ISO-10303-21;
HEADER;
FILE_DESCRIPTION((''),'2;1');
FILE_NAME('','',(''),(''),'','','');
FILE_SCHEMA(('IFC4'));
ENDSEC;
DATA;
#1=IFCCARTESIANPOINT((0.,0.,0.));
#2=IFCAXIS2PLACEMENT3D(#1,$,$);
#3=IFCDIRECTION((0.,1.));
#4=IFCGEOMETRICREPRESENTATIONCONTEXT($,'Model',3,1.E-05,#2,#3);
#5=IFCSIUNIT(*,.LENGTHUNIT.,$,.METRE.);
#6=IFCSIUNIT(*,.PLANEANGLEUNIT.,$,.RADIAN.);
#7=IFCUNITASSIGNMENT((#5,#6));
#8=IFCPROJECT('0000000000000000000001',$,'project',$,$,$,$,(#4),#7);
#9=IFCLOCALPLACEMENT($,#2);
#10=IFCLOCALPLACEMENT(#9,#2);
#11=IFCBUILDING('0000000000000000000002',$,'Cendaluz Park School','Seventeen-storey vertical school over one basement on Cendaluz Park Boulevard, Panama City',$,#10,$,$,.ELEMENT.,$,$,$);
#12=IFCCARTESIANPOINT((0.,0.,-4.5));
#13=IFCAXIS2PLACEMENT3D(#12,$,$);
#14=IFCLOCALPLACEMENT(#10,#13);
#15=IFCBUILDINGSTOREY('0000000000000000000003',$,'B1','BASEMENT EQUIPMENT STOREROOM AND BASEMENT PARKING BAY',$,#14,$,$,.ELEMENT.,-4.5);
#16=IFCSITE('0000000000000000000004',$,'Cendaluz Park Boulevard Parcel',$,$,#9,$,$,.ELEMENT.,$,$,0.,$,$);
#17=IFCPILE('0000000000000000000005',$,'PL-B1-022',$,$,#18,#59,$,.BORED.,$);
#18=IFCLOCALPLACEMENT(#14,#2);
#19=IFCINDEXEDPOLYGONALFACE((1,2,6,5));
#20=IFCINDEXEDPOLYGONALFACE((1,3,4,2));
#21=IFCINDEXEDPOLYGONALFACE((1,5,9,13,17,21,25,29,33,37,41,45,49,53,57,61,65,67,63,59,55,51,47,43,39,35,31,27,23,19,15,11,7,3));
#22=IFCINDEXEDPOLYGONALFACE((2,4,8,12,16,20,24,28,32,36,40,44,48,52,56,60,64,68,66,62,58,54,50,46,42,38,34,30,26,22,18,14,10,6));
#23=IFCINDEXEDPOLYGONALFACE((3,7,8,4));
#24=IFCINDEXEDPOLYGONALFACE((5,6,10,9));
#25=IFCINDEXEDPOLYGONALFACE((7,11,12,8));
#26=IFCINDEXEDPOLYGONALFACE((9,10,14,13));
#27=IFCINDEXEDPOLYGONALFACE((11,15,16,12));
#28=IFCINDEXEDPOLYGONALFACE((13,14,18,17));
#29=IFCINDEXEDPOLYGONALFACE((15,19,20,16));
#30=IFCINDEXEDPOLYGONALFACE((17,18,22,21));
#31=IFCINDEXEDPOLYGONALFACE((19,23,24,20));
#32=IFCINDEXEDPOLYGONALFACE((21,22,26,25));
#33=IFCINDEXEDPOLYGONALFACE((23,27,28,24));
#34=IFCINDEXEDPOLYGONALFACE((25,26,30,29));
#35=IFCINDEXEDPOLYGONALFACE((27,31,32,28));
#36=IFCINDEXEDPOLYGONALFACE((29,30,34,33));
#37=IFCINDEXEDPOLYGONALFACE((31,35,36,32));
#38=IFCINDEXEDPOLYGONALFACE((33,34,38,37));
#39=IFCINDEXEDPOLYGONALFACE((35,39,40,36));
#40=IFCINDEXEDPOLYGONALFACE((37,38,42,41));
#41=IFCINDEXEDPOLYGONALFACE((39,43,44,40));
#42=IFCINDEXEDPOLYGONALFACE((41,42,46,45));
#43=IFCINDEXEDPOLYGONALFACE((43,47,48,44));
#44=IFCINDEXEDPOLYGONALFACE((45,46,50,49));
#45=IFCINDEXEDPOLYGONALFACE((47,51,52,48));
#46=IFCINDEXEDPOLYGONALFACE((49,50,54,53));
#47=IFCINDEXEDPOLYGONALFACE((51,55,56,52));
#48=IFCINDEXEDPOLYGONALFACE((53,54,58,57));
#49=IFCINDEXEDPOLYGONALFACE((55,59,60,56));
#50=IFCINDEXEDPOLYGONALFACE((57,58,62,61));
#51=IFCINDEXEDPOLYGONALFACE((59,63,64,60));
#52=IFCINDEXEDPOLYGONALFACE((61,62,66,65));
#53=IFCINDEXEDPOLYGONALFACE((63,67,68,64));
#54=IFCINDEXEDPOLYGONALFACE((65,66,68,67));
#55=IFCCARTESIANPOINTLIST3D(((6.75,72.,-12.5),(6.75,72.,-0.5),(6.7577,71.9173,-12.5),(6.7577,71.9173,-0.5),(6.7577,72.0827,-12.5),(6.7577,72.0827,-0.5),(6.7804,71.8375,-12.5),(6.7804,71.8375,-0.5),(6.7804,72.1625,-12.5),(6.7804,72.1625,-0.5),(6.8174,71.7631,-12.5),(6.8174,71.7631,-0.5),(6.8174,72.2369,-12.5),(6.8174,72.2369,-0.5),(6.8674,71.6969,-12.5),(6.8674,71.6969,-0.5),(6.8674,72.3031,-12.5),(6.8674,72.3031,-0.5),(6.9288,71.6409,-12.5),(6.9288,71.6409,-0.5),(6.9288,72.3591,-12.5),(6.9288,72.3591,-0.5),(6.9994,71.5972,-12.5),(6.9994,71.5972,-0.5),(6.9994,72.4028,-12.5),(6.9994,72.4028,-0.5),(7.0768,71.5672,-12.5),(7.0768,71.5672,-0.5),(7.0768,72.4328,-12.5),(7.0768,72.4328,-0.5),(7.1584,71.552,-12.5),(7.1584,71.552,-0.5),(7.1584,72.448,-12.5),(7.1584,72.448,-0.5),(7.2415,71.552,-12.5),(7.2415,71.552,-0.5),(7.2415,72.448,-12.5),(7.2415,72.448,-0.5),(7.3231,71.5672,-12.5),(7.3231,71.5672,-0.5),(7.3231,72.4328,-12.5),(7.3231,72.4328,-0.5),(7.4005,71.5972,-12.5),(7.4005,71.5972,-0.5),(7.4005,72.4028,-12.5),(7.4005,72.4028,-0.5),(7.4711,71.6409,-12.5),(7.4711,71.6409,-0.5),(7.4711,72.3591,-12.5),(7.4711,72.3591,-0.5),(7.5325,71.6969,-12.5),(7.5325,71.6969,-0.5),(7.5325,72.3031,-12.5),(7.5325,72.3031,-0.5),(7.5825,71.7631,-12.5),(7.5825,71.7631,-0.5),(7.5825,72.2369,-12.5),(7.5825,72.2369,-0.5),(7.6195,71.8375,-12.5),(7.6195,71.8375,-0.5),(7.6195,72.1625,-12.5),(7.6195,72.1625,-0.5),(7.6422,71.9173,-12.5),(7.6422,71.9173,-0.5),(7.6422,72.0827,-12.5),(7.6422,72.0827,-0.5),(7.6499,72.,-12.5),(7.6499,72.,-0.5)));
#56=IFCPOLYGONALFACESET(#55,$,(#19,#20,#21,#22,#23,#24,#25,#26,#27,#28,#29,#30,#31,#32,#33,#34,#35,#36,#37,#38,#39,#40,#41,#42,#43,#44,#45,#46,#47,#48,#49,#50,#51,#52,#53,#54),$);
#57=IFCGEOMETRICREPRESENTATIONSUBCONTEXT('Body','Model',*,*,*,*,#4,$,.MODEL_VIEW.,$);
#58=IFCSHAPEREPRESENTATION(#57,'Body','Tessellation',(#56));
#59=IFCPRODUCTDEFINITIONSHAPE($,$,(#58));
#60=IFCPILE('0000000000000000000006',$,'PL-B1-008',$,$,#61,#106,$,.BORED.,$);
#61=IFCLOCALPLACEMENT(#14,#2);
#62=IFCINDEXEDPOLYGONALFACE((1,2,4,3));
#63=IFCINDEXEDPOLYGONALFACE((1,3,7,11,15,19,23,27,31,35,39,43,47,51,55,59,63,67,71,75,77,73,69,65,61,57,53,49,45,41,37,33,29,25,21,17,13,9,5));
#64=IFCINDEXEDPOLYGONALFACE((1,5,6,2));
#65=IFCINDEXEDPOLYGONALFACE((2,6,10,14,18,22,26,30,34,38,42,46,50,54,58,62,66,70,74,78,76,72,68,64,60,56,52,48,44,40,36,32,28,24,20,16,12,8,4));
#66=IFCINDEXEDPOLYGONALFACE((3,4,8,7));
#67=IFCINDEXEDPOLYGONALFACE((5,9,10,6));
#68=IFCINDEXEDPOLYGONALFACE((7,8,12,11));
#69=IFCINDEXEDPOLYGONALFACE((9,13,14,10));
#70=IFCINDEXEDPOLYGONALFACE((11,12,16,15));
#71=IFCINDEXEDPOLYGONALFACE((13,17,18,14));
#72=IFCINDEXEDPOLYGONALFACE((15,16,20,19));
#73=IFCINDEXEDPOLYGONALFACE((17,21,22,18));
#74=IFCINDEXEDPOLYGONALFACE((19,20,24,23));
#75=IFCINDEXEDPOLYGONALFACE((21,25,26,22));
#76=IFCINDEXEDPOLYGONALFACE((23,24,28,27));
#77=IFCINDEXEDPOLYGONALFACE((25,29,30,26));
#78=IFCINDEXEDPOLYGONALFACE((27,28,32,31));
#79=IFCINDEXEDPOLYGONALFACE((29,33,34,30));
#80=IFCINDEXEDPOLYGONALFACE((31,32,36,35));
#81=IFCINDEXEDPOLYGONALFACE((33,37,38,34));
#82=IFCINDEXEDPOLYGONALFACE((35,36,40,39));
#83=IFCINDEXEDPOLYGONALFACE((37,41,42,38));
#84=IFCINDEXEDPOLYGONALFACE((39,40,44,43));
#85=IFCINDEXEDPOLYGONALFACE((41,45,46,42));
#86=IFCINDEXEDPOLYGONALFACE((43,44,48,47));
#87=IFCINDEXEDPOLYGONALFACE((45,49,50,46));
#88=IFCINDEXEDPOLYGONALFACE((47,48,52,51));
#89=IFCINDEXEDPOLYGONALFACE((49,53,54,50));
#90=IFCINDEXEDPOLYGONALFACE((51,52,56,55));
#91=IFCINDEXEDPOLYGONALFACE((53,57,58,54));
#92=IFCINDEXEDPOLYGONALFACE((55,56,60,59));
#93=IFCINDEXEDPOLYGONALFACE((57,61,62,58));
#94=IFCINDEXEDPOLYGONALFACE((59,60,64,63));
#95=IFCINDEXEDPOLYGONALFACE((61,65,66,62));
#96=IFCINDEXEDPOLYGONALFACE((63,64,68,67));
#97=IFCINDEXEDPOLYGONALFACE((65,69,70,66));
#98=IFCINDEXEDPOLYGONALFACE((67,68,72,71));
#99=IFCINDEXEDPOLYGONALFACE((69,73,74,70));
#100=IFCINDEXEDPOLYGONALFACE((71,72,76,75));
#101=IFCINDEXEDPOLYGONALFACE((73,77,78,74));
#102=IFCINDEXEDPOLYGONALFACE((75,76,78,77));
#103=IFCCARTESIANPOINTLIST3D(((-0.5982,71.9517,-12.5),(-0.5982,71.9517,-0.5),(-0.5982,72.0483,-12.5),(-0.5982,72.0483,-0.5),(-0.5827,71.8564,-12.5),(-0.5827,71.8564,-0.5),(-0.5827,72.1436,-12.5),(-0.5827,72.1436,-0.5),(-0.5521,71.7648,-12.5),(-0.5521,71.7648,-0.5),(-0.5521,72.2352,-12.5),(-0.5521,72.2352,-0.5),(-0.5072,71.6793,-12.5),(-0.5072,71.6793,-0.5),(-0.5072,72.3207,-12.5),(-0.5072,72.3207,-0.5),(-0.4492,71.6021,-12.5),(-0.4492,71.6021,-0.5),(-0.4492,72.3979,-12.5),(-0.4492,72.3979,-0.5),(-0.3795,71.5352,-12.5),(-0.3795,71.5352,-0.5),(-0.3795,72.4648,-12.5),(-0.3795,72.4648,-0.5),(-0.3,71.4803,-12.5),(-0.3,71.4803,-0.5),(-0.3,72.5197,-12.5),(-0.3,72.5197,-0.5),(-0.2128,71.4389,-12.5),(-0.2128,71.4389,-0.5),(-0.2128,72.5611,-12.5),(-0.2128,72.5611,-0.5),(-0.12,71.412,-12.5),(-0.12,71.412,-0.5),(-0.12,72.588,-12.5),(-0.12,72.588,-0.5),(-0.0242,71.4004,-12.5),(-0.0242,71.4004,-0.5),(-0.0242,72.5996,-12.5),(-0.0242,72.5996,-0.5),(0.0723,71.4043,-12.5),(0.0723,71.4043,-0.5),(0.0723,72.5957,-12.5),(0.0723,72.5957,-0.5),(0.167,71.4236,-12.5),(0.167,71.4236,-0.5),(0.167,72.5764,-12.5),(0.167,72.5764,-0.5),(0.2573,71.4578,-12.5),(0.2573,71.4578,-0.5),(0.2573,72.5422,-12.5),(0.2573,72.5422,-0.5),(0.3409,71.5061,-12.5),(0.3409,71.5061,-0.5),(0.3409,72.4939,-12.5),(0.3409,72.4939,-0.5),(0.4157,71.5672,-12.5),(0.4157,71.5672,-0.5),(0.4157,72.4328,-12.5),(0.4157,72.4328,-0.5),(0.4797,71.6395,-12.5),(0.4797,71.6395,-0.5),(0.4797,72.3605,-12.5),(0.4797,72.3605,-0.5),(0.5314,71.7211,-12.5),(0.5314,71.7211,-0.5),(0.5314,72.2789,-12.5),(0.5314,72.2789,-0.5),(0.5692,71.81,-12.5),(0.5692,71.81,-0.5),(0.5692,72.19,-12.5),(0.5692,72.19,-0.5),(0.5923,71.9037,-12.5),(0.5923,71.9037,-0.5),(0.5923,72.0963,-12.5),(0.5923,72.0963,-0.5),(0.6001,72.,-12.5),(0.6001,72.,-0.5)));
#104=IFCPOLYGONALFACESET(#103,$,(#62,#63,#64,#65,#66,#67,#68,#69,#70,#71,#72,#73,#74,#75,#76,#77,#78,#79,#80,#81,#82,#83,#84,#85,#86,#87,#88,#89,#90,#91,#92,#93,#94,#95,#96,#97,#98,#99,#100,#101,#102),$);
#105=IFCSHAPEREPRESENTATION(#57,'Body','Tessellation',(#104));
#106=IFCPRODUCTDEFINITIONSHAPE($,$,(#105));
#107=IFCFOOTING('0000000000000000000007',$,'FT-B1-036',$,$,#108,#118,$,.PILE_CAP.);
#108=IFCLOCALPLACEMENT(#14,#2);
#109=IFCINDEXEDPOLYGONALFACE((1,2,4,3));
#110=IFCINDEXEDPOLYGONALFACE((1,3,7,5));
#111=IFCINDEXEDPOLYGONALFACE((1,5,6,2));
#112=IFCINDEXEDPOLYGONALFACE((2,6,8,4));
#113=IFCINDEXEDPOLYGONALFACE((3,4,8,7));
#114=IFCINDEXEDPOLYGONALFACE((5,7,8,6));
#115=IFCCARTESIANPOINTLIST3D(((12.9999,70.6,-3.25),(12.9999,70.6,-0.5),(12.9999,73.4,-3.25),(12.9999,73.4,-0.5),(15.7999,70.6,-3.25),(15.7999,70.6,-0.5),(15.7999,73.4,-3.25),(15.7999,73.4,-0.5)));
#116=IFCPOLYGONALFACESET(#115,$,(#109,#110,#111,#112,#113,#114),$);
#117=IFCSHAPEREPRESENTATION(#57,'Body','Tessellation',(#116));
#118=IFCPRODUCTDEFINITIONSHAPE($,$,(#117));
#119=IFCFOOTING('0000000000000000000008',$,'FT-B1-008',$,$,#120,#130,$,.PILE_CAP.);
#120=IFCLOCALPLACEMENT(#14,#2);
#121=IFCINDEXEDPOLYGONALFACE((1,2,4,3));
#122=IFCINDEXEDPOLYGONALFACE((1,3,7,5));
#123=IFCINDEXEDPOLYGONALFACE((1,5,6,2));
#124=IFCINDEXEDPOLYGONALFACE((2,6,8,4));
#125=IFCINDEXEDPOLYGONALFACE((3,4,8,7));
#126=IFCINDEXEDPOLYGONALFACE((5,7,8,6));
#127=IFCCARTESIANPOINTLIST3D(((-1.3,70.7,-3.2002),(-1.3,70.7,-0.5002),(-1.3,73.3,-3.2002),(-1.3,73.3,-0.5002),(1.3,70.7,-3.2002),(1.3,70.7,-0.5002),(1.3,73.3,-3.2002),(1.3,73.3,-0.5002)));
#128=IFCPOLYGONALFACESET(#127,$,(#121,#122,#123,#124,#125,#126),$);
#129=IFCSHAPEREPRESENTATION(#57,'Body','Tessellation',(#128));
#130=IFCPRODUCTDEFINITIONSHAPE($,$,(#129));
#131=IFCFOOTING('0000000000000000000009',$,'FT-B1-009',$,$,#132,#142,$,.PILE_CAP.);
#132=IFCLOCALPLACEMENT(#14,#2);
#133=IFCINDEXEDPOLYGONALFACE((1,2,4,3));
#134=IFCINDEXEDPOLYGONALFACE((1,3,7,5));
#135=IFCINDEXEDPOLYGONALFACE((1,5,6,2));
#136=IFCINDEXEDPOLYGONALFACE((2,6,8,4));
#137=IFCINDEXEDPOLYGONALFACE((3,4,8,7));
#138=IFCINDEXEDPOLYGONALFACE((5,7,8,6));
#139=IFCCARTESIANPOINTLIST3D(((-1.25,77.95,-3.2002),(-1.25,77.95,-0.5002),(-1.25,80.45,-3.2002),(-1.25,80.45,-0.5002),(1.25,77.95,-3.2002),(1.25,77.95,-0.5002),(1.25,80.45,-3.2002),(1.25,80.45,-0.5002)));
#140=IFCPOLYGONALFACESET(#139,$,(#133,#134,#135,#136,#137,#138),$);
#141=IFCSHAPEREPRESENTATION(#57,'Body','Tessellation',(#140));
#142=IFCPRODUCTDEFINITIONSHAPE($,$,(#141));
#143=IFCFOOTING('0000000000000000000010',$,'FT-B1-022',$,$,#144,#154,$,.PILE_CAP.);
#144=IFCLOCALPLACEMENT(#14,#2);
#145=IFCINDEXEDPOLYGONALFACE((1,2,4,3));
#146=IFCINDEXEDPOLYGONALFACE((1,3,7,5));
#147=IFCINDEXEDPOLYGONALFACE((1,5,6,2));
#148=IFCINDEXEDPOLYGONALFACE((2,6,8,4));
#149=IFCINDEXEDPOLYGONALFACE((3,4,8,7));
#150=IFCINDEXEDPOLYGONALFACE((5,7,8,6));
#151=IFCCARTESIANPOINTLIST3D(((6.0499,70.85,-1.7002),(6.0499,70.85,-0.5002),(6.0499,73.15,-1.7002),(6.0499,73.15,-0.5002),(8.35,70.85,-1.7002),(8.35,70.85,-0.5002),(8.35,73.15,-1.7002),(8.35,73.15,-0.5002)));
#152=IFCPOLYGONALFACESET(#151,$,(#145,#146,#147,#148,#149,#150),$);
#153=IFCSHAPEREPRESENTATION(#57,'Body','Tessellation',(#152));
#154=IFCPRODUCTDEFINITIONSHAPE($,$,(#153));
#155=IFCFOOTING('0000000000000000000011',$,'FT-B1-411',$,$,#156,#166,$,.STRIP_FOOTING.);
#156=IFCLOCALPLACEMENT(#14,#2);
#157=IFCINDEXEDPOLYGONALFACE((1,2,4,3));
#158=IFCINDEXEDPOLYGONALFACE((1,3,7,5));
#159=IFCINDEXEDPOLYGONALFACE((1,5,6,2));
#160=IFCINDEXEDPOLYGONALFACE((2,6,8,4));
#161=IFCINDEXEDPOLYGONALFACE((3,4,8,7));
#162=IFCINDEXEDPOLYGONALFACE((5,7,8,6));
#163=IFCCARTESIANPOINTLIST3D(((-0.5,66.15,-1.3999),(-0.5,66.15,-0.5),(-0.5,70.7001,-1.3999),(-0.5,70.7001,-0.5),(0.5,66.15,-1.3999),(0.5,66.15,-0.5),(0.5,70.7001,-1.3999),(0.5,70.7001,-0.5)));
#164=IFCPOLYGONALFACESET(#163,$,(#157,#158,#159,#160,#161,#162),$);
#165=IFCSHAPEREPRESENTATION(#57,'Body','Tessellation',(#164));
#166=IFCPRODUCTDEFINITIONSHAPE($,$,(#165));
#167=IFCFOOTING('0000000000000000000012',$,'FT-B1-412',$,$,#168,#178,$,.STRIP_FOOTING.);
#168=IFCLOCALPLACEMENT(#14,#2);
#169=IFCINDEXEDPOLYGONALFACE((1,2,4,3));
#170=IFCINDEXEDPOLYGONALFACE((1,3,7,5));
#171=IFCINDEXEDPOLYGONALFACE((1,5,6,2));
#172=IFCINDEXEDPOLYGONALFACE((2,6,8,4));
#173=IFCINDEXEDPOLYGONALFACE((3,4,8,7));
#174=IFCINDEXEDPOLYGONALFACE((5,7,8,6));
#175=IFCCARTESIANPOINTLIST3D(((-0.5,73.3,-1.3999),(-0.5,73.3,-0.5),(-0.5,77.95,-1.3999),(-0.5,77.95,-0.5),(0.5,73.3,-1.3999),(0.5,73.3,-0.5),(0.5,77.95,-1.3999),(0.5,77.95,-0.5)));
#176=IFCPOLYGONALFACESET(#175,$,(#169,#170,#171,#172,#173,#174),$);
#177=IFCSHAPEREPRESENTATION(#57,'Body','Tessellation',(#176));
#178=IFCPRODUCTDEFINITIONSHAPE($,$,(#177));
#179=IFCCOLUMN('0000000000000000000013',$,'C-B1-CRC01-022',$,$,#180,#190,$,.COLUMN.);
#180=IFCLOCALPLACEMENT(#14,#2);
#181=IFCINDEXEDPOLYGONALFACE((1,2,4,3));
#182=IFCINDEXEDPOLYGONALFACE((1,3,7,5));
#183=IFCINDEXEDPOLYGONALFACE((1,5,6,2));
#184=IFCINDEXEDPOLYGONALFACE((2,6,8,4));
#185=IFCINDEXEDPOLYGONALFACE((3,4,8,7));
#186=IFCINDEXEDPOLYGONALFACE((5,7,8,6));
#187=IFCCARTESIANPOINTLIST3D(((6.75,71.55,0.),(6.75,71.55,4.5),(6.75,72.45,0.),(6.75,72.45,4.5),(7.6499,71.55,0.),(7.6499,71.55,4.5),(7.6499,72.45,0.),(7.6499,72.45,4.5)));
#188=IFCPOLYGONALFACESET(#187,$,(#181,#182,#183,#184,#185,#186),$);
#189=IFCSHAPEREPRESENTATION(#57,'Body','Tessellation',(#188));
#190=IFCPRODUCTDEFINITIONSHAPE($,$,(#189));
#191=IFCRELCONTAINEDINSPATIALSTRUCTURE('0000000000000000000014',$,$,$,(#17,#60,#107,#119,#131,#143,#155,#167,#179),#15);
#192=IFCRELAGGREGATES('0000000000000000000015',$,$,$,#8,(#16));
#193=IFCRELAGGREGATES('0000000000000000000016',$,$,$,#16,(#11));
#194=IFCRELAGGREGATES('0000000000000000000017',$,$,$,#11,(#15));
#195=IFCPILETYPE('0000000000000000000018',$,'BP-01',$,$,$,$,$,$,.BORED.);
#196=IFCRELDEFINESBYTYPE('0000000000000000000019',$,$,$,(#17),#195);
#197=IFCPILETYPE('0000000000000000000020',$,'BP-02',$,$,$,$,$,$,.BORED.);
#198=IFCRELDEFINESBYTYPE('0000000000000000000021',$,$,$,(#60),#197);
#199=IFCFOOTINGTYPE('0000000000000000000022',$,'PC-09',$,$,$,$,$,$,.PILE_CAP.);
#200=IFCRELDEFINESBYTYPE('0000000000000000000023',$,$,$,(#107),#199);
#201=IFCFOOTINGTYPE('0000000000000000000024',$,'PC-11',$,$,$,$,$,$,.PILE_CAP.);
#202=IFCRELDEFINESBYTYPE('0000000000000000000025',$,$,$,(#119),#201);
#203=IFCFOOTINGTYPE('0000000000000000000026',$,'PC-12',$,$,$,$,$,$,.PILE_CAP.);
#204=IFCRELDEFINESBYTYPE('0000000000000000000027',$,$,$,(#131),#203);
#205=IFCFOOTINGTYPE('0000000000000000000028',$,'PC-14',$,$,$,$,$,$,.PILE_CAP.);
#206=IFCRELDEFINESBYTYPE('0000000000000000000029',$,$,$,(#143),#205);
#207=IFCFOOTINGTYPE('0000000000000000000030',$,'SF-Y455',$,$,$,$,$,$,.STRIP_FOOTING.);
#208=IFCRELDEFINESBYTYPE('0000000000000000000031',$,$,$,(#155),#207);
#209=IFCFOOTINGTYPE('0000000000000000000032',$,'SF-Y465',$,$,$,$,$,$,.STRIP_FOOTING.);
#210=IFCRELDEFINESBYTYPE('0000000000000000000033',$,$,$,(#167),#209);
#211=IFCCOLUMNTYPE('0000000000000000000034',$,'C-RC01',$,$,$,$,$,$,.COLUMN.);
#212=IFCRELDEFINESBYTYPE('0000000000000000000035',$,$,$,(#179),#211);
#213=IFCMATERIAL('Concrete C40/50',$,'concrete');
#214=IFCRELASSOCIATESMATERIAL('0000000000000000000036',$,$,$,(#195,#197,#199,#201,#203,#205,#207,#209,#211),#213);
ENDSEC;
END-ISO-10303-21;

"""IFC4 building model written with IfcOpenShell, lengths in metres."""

from ifc_helpers import new_model, si_unit, direction, frame, origin, origin_2d, place, context, subcontext, project, spatial, rectangle, circle, extrude, material, material_profile, profile_set, type_object, element, save


model = new_model("IFC4")

# Units and contexts
model_context = context("Model", 3, precision=1e-05, world=origin(), true_north=direction((0.0, 1.0)))
body_context = subcontext(model_context, "Body", "Model", "MODEL_VIEW")
ifc_project = project(units=[si_unit("LENGTHUNIT", "METRE"), si_unit("PLANEANGLEUNIT", "RADIAN")], contexts=[model_context])

# Site, building, storey
site_placement = place(None, origin())
site = spatial("IfcSite", under=ifc_project, at=site_placement, Name="Cendaluz Park Boulevard Parcel", CompositionType="ELEMENT", RefElevation=0.0)
building_placement = place(site_placement, origin())
building = spatial("IfcBuilding", under=site, at=building_placement, Name="Cendaluz Park School", Description="Seventeen-storey vertical school over one basement on Cendaluz Park Boulevard, Panama City", CompositionType="ELEMENT")
storey_placement = place(building_placement, frame((0.0, 0.0, -4.5)))
storey = spatial("IfcBuildingStorey", under=building, at=storey_placement, Name="B1", Description="BASEMENT EQUIPMENT STOREROOM AND BASEMENT PARKING BAY", CompositionType="ELEMENT", Elevation=-4.5)

# Piles
ifc_material_1 = material(Name="Concrete C40/50", Category="concrete")
ifc_material_profile_1 = material_profile(ifc_material_1, circle(Radius=0.45, at=origin_2d()), Name="BP D900", Category="concrete")
ifc_profile_set_1 = profile_set([ifc_material_profile_1], Name="Concrete C40/50")
pile_type_1 = type_object("IfcPileType", Name="BP-01", PredefinedType="BORED", material=ifc_profile_set_1)
pile_1_placement = place(storey_placement, frame((7.2, 72.0, -0.5), z_axis=(0.0, 0.0, -1.0), x_axis=(1.0, 0.0, 0.0)))
element("IfcPile", 1, at=pile_1_placement, inside=storey, type_object=pile_type_1, Name="PL-B1-022", PredefinedType="BORED", context=body_context, shape_type="SweptSolid", body=[
    extrude(circle(Radius=0.45, at=origin_2d()), origin(), (0.0, 0.0, 1.0), 12.0),
])
ifc_material_profile_2 = material_profile(ifc_material_1, circle(Radius=0.6001, at=origin_2d()), Name="BP D1200", Category="concrete")
ifc_profile_set_2 = profile_set([ifc_material_profile_2], Name="Concrete C40/50")
pile_type_2 = type_object("IfcPileType", Name="BP-02", PredefinedType="BORED", material=ifc_profile_set_2)
pile_2_placement = place(storey_placement, frame((0.0, 72.0, -0.5), z_axis=(0.0, 0.0, -1.0), x_axis=(1.0, 0.0, 0.0)))
element("IfcPile", 2, at=pile_2_placement, inside=storey, type_object=pile_type_2, Name="PL-B1-008", PredefinedType="BORED", context=body_context, shape_type="SweptSolid", body=[
    extrude(circle(Radius=0.6001, at=origin_2d()), origin(), (0.0, 0.0, 1.0), 12.0),
])

# Footings
footing_type_1 = type_object("IfcFootingType", Name="PC-09", PredefinedType="PILE_CAP", material=ifc_material_1)
footing_1_placement = place(storey_placement, frame((14.3999, 72.0, -3.25), z_axis=(0.0, 0.0, 1.0), x_axis=(1.0, 0.0, 0.0)))
element("IfcFooting", 3, at=footing_1_placement, inside=storey, type_object=footing_type_1, Name="FT-B1-036", PredefinedType="PILE_CAP", context=body_context, shape_type="SweptSolid", body=[
    extrude(rectangle(XDim=2.8, YDim=2.8, at=origin_2d()), origin(), (0.0, 0.0, 1.0), 2.75),
])
footing_type_2 = type_object("IfcFootingType", Name="PC-11", PredefinedType="PILE_CAP", material=ifc_material_1)
footing_2_placement = place(storey_placement, frame((0.0, 72.0, -3.2002), z_axis=(0.0, 0.0, 1.0), x_axis=(1.0, 0.0, 0.0)))
element("IfcFooting", 4, at=footing_2_placement, inside=storey, type_object=footing_type_2, Name="FT-B1-008", PredefinedType="PILE_CAP", context=body_context, shape_type="SweptSolid", body=[
    extrude(rectangle(XDim=2.6001, YDim=2.6001, at=origin_2d()), origin(), (0.0, 0.0, 1.0), 2.7),
])
footing_type_3 = type_object("IfcFootingType", Name="PC-12", PredefinedType="PILE_CAP", material=ifc_material_1)
footing_3_placement = place(storey_placement, frame((0.0, 79.2, -3.2002), z_axis=(0.0, 0.0, 1.0), x_axis=(1.0, 0.0, 0.0)))
element("IfcFooting", 5, at=footing_3_placement, inside=storey, type_object=footing_type_3, Name="FT-B1-009", PredefinedType="PILE_CAP", context=body_context, shape_type="SweptSolid", body=[
    extrude(rectangle(XDim=2.5, YDim=2.5, at=origin_2d()), origin(), (0.0, 0.0, 1.0), 2.7),
])
footing_type_4 = type_object("IfcFootingType", Name="PC-14", PredefinedType="PILE_CAP", material=ifc_material_1)
footing_4_placement = place(storey_placement, frame((7.2, 72.0, -1.7002), z_axis=(0.0, 0.0, 1.0), x_axis=(1.0, 0.0, 0.0)))
element("IfcFooting", 6, at=footing_4_placement, inside=storey, type_object=footing_type_4, Name="FT-B1-022", PredefinedType="PILE_CAP", context=body_context, shape_type="SweptSolid", body=[
    extrude(rectangle(XDim=2.3, YDim=2.3, at=origin_2d()), origin(), (0.0, 0.0, 1.0), 1.2),
])
footing_type_5 = type_object("IfcFootingType", Name="SF-Y455", PredefinedType="STRIP_FOOTING", material=ifc_material_1)
footing_5_placement = place(storey_placement, frame((0.0, 68.425, -1.3999), z_axis=(0.0, 0.0, 1.0), x_axis=(1.0, 0.0, 0.0)))
element("IfcFooting", 7, at=footing_5_placement, inside=storey, type_object=footing_type_5, Name="FT-B1-411", PredefinedType="STRIP_FOOTING", context=body_context, shape_type="SweptSolid", body=[
    extrude(rectangle(XDim=1.0, YDim=4.55, at=origin_2d()), origin(), (0.0, 0.0, 1.0), 0.8999),
])
footing_type_6 = type_object("IfcFootingType", Name="SF-Y465", PredefinedType="STRIP_FOOTING", material=ifc_material_1)
footing_6_placement = place(storey_placement, frame((0.0, 75.625, -1.3999), z_axis=(0.0, 0.0, 1.0), x_axis=(1.0, 0.0, 0.0)))
element("IfcFooting", 8, at=footing_6_placement, inside=storey, type_object=footing_type_6, Name="FT-B1-412", PredefinedType="STRIP_FOOTING", context=body_context, shape_type="SweptSolid", body=[
    extrude(rectangle(XDim=1.0, YDim=4.6499, at=origin_2d()), origin(), (0.0, 0.0, 1.0), 0.8999),
])

# Column
ifc_material_profile_3 = material_profile(ifc_material_1, rectangle(XDim=0.8999, YDim=0.8999, at=origin_2d()), Name="RC 900x900", Category="concrete")
ifc_profile_set_3 = profile_set([ifc_material_profile_3], Name="Concrete C40/50")
column_type_1 = type_object("IfcColumnType", Name="C-RC01", PredefinedType="COLUMN", material=ifc_profile_set_3)
column_1_placement = place(storey_placement, frame((7.2, 72.0, 0.0), z_axis=(0.0, 0.0, 1.0), x_axis=(1.0, 0.0, 0.0)))
element("IfcColumn", 9, at=column_1_placement, inside=storey, type_object=column_type_1, Name="C-B1-CRC01-022", PredefinedType="COLUMN", context=body_context, shape_type="SweptSolid", body=[
    extrude(rectangle(XDim=0.8999, YDim=0.8999, at=origin_2d()), origin(), (0.0, 0.0, 1.0), 4.5),
])

save(model, "model.ifc")
